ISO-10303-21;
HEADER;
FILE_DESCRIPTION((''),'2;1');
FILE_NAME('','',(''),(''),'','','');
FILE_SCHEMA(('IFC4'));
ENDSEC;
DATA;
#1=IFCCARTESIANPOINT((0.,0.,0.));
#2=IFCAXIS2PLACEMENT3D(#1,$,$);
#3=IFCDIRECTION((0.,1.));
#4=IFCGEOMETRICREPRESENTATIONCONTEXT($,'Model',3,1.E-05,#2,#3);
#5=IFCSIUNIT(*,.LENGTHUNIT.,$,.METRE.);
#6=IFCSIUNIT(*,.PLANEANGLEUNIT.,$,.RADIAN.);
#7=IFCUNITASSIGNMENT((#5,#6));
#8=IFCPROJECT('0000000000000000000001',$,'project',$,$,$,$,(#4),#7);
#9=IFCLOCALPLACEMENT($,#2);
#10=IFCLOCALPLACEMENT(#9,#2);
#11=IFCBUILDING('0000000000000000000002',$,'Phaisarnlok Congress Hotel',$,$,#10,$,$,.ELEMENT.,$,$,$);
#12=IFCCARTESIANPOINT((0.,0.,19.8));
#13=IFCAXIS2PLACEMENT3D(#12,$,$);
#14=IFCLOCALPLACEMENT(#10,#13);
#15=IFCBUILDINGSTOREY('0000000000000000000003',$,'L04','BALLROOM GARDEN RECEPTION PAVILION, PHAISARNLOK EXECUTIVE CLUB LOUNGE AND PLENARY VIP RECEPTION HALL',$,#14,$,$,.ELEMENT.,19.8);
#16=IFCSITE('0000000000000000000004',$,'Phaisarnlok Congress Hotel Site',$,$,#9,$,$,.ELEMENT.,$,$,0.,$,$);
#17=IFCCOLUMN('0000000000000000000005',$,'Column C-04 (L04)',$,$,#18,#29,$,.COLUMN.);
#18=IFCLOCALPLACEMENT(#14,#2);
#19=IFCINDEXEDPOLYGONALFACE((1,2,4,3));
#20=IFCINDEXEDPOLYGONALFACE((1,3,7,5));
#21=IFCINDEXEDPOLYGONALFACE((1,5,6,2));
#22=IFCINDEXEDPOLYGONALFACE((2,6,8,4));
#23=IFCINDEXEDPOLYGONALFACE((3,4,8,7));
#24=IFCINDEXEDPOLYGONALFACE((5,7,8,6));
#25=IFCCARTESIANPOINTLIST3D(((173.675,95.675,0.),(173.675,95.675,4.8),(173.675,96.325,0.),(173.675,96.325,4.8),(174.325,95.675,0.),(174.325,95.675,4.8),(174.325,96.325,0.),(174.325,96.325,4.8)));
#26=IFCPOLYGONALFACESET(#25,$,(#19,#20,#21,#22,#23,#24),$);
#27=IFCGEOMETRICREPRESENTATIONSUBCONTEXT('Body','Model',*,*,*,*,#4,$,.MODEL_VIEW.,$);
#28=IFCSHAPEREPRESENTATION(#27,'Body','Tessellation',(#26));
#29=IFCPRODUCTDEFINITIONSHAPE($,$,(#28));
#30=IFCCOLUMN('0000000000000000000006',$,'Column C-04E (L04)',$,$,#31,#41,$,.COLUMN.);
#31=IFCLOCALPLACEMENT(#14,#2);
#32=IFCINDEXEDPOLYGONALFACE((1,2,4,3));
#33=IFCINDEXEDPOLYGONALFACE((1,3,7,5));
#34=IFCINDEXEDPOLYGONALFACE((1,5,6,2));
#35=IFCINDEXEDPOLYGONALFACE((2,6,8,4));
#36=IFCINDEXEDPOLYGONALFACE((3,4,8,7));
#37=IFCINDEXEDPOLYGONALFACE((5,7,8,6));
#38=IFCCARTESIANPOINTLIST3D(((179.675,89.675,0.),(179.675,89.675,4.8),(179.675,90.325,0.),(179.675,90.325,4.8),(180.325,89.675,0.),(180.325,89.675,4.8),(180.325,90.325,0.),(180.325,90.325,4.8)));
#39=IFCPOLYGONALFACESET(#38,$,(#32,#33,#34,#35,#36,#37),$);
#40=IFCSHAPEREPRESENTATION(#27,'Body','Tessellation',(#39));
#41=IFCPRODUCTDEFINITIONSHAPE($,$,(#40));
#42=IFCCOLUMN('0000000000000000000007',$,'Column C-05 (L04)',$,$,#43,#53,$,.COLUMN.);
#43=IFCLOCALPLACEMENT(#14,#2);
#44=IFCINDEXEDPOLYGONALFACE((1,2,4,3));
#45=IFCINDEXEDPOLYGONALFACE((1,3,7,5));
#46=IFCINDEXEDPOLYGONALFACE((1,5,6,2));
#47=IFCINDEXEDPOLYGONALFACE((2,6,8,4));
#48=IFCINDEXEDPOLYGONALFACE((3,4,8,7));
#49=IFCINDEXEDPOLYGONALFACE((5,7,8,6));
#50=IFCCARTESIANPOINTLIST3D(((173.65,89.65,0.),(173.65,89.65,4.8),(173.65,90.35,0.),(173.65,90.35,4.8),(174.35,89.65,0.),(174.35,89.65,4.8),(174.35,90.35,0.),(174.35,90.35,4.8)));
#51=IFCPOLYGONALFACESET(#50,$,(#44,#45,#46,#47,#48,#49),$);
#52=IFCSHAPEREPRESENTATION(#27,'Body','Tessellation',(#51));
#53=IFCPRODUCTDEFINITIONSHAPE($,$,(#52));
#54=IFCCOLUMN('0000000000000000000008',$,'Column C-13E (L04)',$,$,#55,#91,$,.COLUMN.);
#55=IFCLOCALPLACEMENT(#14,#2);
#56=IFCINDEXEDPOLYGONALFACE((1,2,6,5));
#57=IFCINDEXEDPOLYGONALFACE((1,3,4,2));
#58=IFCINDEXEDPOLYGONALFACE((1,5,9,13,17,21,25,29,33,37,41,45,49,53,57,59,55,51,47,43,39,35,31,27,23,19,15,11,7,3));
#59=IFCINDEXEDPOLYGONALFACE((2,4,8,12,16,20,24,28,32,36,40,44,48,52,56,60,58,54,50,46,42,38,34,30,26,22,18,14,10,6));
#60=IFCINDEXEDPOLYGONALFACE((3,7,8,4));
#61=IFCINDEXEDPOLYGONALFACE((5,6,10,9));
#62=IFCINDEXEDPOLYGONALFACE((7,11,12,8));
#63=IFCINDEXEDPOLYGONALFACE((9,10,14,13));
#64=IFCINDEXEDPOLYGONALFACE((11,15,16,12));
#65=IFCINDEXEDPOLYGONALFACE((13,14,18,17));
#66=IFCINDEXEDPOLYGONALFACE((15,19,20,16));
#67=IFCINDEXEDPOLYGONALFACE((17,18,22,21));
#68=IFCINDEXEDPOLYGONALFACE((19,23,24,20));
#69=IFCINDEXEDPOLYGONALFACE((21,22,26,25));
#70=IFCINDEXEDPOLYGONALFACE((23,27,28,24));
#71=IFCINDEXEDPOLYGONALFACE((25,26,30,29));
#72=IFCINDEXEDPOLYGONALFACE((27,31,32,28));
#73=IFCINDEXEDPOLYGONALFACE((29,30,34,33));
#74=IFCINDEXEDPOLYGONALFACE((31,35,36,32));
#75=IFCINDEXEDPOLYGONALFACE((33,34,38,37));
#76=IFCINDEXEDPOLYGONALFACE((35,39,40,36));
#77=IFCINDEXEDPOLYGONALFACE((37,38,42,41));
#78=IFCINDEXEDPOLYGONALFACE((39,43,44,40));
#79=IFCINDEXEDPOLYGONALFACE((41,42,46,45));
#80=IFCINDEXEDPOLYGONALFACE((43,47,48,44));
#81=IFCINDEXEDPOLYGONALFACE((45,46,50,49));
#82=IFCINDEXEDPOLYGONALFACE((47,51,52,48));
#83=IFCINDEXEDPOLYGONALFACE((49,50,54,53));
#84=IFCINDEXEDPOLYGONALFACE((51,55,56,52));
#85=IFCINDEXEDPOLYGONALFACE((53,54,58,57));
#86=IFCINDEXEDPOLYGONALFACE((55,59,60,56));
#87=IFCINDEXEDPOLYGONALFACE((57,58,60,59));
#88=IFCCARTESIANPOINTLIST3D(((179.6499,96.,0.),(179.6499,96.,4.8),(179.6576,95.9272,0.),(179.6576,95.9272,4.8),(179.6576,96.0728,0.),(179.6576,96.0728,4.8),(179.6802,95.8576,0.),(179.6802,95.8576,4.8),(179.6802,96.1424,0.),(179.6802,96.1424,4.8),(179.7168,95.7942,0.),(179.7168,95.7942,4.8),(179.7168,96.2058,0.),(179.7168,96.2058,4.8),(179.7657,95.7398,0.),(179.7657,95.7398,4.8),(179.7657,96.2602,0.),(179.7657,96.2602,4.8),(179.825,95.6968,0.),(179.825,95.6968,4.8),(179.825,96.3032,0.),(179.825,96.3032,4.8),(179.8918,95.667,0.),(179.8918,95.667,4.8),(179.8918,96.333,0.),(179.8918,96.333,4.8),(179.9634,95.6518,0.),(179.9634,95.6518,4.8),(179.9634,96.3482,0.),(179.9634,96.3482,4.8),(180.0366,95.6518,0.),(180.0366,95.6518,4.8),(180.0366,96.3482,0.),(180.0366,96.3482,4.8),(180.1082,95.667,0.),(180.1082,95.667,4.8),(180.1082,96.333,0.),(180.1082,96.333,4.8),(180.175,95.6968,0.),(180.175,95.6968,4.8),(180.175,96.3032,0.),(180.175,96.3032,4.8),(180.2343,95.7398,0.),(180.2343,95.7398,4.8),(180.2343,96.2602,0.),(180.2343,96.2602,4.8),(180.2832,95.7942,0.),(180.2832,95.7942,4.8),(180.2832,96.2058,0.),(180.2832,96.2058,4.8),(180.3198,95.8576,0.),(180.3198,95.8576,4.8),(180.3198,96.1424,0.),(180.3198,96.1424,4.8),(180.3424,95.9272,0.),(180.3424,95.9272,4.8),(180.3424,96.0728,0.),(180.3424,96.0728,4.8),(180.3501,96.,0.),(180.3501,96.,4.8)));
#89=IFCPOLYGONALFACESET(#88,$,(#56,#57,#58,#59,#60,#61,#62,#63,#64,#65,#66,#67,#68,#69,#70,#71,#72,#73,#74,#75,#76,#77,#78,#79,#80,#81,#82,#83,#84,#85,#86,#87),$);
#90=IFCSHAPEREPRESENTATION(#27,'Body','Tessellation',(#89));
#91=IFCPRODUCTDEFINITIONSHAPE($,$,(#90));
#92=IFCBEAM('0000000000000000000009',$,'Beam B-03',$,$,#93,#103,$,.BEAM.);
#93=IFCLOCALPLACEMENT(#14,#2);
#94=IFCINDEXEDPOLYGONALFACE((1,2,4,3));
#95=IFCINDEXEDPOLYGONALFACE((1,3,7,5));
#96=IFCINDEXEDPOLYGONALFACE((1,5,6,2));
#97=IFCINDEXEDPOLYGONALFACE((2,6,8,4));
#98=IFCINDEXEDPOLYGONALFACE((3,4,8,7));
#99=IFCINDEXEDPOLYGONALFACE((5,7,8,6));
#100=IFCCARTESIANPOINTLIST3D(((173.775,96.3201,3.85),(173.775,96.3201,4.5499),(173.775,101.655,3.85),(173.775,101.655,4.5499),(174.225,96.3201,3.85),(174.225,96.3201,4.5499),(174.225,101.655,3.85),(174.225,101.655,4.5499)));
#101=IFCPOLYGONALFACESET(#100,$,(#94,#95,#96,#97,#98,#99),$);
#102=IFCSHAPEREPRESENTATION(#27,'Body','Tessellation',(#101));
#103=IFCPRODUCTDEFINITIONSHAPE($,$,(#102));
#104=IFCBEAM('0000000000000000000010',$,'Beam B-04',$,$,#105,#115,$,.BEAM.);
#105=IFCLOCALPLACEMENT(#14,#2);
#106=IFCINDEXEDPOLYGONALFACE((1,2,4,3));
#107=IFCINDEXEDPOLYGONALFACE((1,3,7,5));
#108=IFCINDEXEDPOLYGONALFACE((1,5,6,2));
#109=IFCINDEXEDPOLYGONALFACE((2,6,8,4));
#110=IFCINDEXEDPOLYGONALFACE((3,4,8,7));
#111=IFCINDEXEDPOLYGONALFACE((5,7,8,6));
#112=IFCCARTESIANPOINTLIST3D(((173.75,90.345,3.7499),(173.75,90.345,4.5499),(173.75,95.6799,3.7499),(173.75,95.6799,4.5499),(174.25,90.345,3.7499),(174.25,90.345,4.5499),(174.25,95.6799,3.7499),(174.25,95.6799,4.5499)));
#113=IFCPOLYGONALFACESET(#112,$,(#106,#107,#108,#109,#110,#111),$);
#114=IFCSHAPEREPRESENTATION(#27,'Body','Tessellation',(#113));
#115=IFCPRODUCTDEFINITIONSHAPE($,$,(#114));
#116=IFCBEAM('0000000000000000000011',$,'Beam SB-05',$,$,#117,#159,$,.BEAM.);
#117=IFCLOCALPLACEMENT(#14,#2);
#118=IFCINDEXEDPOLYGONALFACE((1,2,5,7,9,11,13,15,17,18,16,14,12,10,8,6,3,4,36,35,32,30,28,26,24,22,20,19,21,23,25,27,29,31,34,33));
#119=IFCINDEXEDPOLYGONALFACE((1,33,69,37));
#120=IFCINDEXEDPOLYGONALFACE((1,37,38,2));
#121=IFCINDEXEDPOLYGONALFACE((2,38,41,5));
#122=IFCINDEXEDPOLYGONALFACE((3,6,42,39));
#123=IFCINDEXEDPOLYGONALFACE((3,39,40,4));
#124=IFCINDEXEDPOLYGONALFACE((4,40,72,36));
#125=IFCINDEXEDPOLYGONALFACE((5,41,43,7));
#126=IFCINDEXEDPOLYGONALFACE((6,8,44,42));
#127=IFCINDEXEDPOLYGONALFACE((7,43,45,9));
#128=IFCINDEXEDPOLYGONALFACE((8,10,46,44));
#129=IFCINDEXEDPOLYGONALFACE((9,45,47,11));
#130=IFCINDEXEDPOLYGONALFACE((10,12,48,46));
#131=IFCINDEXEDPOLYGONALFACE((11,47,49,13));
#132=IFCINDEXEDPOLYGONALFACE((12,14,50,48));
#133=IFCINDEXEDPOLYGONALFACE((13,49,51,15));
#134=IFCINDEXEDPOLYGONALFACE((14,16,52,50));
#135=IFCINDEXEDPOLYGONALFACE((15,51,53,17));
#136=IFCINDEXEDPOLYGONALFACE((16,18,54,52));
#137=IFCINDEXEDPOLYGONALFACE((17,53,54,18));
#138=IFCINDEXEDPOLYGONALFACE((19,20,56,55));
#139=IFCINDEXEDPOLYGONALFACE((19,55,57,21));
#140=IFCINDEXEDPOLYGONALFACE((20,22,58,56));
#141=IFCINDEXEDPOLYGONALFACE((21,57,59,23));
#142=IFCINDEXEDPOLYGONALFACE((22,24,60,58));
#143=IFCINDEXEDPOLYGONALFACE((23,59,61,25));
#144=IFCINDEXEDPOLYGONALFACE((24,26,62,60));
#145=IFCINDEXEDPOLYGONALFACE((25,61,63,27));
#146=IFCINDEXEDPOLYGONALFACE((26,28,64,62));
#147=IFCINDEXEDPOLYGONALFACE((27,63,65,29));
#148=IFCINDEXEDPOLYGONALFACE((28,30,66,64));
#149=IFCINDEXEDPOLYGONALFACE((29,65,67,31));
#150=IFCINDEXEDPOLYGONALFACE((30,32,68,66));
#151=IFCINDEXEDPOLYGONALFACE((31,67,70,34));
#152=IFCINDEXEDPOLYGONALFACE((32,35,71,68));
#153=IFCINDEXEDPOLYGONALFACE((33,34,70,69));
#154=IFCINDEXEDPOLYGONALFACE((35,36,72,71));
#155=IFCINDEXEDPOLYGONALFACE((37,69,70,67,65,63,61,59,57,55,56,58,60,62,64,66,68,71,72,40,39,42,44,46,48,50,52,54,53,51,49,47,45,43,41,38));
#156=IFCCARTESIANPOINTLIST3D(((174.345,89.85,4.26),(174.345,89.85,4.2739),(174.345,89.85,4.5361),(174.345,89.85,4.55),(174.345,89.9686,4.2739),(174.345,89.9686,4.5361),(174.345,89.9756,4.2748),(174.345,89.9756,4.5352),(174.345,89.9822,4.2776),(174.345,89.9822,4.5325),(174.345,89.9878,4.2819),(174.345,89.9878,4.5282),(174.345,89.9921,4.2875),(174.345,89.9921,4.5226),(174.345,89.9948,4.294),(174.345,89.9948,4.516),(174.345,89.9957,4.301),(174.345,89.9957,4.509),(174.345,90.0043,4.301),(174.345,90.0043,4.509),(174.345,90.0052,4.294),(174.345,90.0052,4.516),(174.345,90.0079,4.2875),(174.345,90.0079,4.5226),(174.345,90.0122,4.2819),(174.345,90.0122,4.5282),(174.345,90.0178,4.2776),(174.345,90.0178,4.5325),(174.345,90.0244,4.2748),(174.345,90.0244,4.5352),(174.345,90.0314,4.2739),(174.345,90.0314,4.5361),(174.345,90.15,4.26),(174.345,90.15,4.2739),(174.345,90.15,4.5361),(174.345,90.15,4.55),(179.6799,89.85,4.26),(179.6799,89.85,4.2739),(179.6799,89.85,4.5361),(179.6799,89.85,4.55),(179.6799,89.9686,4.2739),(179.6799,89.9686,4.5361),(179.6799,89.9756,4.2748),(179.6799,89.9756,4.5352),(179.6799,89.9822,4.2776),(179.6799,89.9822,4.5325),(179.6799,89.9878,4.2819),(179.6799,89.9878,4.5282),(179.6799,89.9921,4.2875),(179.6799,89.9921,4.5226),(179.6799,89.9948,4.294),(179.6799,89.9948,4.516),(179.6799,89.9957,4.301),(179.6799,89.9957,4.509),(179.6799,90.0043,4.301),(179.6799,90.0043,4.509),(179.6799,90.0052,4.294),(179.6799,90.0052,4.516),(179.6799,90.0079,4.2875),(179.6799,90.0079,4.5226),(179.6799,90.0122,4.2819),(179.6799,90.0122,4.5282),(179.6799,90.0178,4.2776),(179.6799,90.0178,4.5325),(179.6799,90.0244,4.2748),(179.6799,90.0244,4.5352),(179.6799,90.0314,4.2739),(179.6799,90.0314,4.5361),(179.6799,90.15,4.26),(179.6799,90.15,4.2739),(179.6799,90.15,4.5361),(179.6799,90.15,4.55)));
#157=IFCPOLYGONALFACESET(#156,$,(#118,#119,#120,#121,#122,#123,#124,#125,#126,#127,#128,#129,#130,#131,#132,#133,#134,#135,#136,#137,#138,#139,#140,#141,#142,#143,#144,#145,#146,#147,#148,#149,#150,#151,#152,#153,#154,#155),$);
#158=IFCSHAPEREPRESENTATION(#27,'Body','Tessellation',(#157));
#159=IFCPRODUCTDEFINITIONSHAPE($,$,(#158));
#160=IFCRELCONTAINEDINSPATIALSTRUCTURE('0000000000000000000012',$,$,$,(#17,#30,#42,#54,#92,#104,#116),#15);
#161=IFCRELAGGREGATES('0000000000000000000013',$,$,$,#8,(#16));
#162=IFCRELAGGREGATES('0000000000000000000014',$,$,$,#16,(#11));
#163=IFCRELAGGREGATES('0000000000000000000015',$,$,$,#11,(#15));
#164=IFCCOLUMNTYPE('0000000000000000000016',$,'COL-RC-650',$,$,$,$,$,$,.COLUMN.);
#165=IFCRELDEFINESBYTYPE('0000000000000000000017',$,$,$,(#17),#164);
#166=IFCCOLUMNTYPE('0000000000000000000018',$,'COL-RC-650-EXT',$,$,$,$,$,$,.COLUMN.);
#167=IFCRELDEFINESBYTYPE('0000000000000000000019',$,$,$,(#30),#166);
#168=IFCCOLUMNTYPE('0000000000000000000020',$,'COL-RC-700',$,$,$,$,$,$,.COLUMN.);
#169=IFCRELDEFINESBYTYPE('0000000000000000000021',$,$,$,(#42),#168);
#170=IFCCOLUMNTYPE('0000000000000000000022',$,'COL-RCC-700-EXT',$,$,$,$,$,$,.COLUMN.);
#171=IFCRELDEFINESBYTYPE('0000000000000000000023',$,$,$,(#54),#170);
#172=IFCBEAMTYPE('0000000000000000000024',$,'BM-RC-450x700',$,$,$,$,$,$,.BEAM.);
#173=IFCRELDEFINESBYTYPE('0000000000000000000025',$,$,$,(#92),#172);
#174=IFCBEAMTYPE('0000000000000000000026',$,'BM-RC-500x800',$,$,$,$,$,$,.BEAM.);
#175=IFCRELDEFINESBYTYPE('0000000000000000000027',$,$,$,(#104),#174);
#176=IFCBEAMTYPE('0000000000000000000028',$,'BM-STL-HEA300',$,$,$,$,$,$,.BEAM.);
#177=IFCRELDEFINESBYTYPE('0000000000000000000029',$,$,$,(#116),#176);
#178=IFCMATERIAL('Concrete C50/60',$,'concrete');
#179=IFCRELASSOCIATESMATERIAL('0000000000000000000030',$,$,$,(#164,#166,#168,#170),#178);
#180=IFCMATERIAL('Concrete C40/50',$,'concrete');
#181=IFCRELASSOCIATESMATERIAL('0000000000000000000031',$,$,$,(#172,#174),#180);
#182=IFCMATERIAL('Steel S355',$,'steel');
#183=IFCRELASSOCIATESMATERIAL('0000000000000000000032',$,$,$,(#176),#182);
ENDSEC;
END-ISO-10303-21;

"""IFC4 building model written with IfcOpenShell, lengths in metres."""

from ifc_helpers import new_model, si_unit, direction, frame, origin, origin_2d, place, context, subcontext, project, spatial, rectangle, circle, i_section, extrude, material, material_profile, profile_set, type_object, element, save


model = new_model("IFC4")

# Units and contexts
model_context = context("Model", 3, precision=1e-05, world=origin(), true_north=direction((0.0, 1.0)))
body_context = subcontext(model_context, "Body", "Model", "MODEL_VIEW")
ifc_project = project(units=[si_unit("LENGTHUNIT", "METRE"), si_unit("PLANEANGLEUNIT", "RADIAN")], contexts=[model_context])

# Site, building, storey
site_placement = place(None, origin())
site = spatial("IfcSite", under=ifc_project, at=site_placement, Name="Phaisarnlok Congress Hotel Site", CompositionType="ELEMENT", RefElevation=0.0)
building_placement = place(site_placement, origin())
building = spatial("IfcBuilding", under=site, at=building_placement, Name="Phaisarnlok Congress Hotel", CompositionType="ELEMENT")
storey_placement = place(building_placement, frame((0.0, 0.0, 19.8)))
storey = spatial("IfcBuildingStorey", under=building, at=storey_placement, Name="L04", Description="BALLROOM GARDEN RECEPTION PAVILION, PHAISARNLOK EXECUTIVE CLUB LOUNGE AND PLENARY VIP RECEPTION HALL", CompositionType="ELEMENT", Elevation=19.8)

# Columns
ifc_material_1 = material(Name="Concrete C50/60", Category="concrete")
ifc_material_profile_1 = material_profile(ifc_material_1, rectangle(XDim=0.6499, YDim=0.6499, at=origin_2d()), Name="RC 650x650")
ifc_profile_set_1 = profile_set([ifc_material_profile_1], Name="Concrete C50/60")
column_type_1 = type_object("IfcColumnType", Name="COL-RC-650", PredefinedType="COLUMN", material=ifc_profile_set_1)
column_1_placement = place(storey_placement, frame((174.0, 96.0, 0.0), z_axis=(0.0, 0.0, 1.0), x_axis=(1.0, 0.0, 0.0)))
element("IfcColumn", 1, at=column_1_placement, inside=storey, type_object=column_type_1, Name="Column C-04 (L04)", PredefinedType="COLUMN", context=body_context, shape_type="SweptSolid", body=[
    extrude(rectangle(XDim=0.6499, YDim=0.6499, at=origin_2d()), origin(), (0.0, 0.0, 1.0), 4.8),
])
ifc_material_profile_2 = material_profile(ifc_material_1, rectangle(XDim=0.6499, YDim=0.6499, at=origin_2d()), Name="RC 650x650")
ifc_profile_set_2 = profile_set([ifc_material_profile_2], Name="Concrete C50/60")
column_type_2 = type_object("IfcColumnType", Name="COL-RC-650-EXT", PredefinedType="COLUMN", material=ifc_profile_set_2)
column_2_placement = place(storey_placement, frame((180.0, 90.0, 0.0), z_axis=(0.0, 0.0, 1.0), x_axis=(1.0, 0.0, 0.0)))
element("IfcColumn", 2, at=column_2_placement, inside=storey, type_object=column_type_2, Name="Column C-04E (L04)", PredefinedType="COLUMN", context=body_context, shape_type="SweptSolid", body=[
    extrude(rectangle(XDim=0.6499, YDim=0.6499, at=origin_2d()), origin(), (0.0, 0.0, 1.0), 4.8),
])
ifc_material_profile_3 = material_profile(ifc_material_1, rectangle(XDim=0.7, YDim=0.7, at=origin_2d()), Name="RC 700x700")
ifc_profile_set_3 = profile_set([ifc_material_profile_3], Name="Concrete C50/60")
column_type_3 = type_object("IfcColumnType", Name="COL-RC-700", PredefinedType="COLUMN", material=ifc_profile_set_3)
column_3_placement = place(storey_placement, frame((174.0, 90.0, 0.0), z_axis=(0.0, 0.0, 1.0), x_axis=(1.0, 0.0, 0.0)))
element("IfcColumn", 3, at=column_3_placement, inside=storey, type_object=column_type_3, Name="Column C-05 (L04)", PredefinedType="COLUMN", context=body_context, shape_type="SweptSolid", body=[
    extrude(rectangle(XDim=0.7, YDim=0.7, at=origin_2d()), origin(), (0.0, 0.0, 1.0), 4.8),
])
ifc_material_profile_4 = material_profile(ifc_material_1, circle(Radius=0.3501, at=origin_2d()), Name="RCC D700")
ifc_profile_set_4 = profile_set([ifc_material_profile_4], Name="Concrete C50/60")
column_type_4 = type_object("IfcColumnType", Name="COL-RCC-700-EXT", PredefinedType="COLUMN", material=ifc_profile_set_4)
column_4_placement = place(storey_placement, frame((180.0, 96.0, 0.0), z_axis=(0.0, 0.0, 1.0), x_axis=(1.0, 0.0, 0.0)))
element("IfcColumn", 4, at=column_4_placement, inside=storey, type_object=column_type_4, Name="Column C-13E (L04)", PredefinedType="COLUMN", context=body_context, shape_type="SweptSolid", body=[
    extrude(circle(Radius=0.3501, at=origin_2d()), origin(), (0.0, 0.0, 1.0), 4.8),
])

# Beams
ifc_material_2 = material(Name="Concrete C40/50", Category="concrete")
ifc_material_profile_5 = material_profile(ifc_material_2, rectangle(XDim=0.45, YDim=0.7, at=origin_2d()), Name="RC 450x700")
ifc_profile_set_5 = profile_set([ifc_material_profile_5], Name="Concrete C40/50")
beam_type_1 = type_object("IfcBeamType", Name="BM-RC-450x700", PredefinedType="BEAM", material=ifc_profile_set_5)
beam_1_placement = place(storey_placement, frame((174.0, 96.3201, 4.2), z_axis=(0.0, 1.0, 0.0), x_axis=(-1.0, 0.0, 0.0)))
element("IfcBeam", 5, at=beam_1_placement, inside=storey, type_object=beam_type_1, Name="Beam B-03", PredefinedType="BEAM", context=body_context, shape_type="SweptSolid", body=[
    extrude(rectangle(XDim=0.45, YDim=0.7, at=origin_2d()), origin(), (0.0, 0.0, 1.0), 5.335),
])
ifc_material_profile_6 = material_profile(ifc_material_2, rectangle(XDim=0.5, YDim=0.8, at=origin_2d()), Name="RC 500x800")
ifc_profile_set_6 = profile_set([ifc_material_profile_6], Name="Concrete C40/50")
beam_type_2 = type_object("IfcBeamType", Name="BM-RC-500x800", PredefinedType="BEAM", material=ifc_profile_set_6)
beam_2_placement = place(storey_placement, frame((174.0, 90.345, 4.1499), z_axis=(0.0, 1.0, 0.0), x_axis=(-1.0, 0.0, 0.0)))
element("IfcBeam", 6, at=beam_2_placement, inside=storey, type_object=beam_type_2, Name="Beam B-04", PredefinedType="BEAM", context=body_context, shape_type="SweptSolid", body=[
    extrude(rectangle(XDim=0.5, YDim=0.8, at=origin_2d()), origin(), (0.0, 0.0, 1.0), 5.335),
])
ifc_material_3 = material(Name="Steel S355", Category="steel")
ifc_material_profile_7 = material_profile(ifc_material_3, i_section(OverallWidth=0.3, OverallDepth=0.29, WebThickness=0.0085, FlangeThickness=0.0139, FilletRadius=0.0271, at=origin_2d()), Name="HEA 300")
ifc_profile_set_7 = profile_set([ifc_material_profile_7], Name="Steel S355")
beam_type_3 = type_object("IfcBeamType", Name="BM-STL-HEA300", PredefinedType="BEAM", material=ifc_profile_set_7)
for number, where, z_axis, x_axis, name in (
    (7, (174.345, 90.0, 4.405), (1.0, 0.0, 0.0), (0.0, 1.0, 0.0), "Beam SB-05"),
):
    element("IfcBeam", number, at=place(storey_placement, frame(where, z_axis=z_axis, x_axis=x_axis)), inside=storey, type_object=beam_type_3, Name=name, PredefinedType="BEAM", context=body_context, shape_type="SweptSolid", body=[
        extrude(i_section(OverallWidth=0.3, OverallDepth=0.29, WebThickness=0.0085, FlangeThickness=0.0139, FilletRadius=0.0271, at=origin_2d()), origin(), (0.0, 0.0, 1.0), 5.335),
    ])

save(model, "model.ifc")
